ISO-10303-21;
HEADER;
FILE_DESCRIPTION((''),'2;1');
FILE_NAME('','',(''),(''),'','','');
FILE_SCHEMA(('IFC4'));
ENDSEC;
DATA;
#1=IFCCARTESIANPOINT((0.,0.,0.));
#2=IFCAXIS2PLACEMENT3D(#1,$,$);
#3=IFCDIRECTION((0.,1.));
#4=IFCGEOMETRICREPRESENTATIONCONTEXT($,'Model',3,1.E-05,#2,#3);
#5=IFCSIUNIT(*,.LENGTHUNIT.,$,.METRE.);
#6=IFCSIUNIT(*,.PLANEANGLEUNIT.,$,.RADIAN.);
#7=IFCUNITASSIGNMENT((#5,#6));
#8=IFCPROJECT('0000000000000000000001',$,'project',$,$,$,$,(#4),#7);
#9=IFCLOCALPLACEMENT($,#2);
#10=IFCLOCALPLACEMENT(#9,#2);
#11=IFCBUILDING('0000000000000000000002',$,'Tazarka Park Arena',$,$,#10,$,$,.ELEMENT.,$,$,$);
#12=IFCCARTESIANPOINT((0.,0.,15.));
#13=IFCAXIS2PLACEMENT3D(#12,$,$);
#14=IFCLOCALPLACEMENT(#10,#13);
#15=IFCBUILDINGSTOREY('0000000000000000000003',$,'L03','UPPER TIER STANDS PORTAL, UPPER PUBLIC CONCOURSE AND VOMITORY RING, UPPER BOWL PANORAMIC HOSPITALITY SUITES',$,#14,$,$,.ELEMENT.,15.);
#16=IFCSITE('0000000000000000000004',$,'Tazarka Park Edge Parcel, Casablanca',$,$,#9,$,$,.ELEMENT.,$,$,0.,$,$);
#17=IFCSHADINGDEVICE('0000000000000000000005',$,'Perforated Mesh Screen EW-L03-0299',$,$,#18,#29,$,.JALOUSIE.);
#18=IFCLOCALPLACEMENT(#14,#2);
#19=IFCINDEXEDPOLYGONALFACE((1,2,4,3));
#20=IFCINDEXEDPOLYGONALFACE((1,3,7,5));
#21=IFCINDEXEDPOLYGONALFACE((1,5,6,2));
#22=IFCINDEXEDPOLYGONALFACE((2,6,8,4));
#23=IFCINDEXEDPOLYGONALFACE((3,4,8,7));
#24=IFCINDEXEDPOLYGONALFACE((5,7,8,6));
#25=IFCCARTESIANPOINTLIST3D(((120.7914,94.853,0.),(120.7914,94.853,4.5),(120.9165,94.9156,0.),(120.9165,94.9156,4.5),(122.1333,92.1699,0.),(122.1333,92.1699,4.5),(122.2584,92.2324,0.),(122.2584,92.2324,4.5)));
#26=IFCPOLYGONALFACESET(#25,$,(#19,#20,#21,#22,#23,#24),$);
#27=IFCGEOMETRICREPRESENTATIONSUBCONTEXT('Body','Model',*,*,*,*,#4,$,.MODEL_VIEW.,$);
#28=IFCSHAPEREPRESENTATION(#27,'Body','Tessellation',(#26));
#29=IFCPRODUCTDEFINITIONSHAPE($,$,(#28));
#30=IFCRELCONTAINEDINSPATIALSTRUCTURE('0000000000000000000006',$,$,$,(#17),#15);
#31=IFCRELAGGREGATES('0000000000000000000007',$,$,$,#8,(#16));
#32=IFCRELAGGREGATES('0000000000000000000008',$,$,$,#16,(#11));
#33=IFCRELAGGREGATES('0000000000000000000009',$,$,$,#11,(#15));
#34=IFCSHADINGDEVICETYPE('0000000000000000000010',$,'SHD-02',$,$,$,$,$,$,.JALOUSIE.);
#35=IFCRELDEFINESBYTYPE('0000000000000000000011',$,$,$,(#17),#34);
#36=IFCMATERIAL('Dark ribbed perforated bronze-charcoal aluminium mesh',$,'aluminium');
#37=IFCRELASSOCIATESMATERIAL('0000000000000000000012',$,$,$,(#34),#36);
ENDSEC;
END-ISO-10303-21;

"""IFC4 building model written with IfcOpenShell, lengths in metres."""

from ifc_helpers import new_model, si_unit, direction, frame, origin, origin_2d, place, context, subcontext, project, spatial, rectangle, extrude, material, type_object, element, save


model = new_model("IFC4")

# Units and contexts
model_context = context("Model", 3, precision=1e-05, world=origin(), true_north=direction((0.0, 1.0)))
body_context = subcontext(model_context, "Body", "Model", "MODEL_VIEW")
ifc_project = project(units=[si_unit("LENGTHUNIT", "METRE"), si_unit("PLANEANGLEUNIT", "RADIAN")], contexts=[model_context])

# Site, building, storey
site_placement = place(None, origin())
site = spatial("IfcSite", under=ifc_project, at=site_placement, Name="Tazarka Park Edge Parcel, Casablanca", CompositionType="ELEMENT", RefElevation=0.0)
building_placement = place(site_placement, origin())
building = spatial("IfcBuilding", under=site, at=building_placement, Name="Tazarka Park Arena", CompositionType="ELEMENT")
storey_placement = place(building_placement, frame((0.0, 0.0, 15.0)))
storey = spatial("IfcBuildingStorey", under=building, at=storey_placement, Name="L03", Description="UPPER TIER STANDS PORTAL, UPPER PUBLIC CONCOURSE AND VOMITORY RING, UPPER BOWL PANORAMIC HOSPITALITY SUITES", CompositionType="ELEMENT", Elevation=15.0)

# Shading device
ifc_material_1 = material(Name="Dark ribbed perforated bronze-charcoal aluminium mesh", Category="aluminium")
shading_device_type = type_object("IfcShadingDeviceType", Name="SHD-02", PredefinedType="JALOUSIE", material=ifc_material_1)
shading_device_placement = place(storey_placement, frame((121.5249, 93.5427, 0.0), z_axis=(0.0, 0.0, 1.0), x_axis=(0.447291, -0.894389, 0.0)))
element("IfcShadingDevice", 1, at=shading_device_placement, inside=storey, type_object=shading_device_type, Name="Perforated Mesh Screen EW-L03-0299", PredefinedType="JALOUSIE", context=body_context, shape_type="SweptSolid", body=[
    extrude(rectangle(XDim=3.0, YDim=0.1399, at=origin_2d()), origin(), (0.0, 0.0, 1.0), 4.5),
])

save(model, "model.ifc")
